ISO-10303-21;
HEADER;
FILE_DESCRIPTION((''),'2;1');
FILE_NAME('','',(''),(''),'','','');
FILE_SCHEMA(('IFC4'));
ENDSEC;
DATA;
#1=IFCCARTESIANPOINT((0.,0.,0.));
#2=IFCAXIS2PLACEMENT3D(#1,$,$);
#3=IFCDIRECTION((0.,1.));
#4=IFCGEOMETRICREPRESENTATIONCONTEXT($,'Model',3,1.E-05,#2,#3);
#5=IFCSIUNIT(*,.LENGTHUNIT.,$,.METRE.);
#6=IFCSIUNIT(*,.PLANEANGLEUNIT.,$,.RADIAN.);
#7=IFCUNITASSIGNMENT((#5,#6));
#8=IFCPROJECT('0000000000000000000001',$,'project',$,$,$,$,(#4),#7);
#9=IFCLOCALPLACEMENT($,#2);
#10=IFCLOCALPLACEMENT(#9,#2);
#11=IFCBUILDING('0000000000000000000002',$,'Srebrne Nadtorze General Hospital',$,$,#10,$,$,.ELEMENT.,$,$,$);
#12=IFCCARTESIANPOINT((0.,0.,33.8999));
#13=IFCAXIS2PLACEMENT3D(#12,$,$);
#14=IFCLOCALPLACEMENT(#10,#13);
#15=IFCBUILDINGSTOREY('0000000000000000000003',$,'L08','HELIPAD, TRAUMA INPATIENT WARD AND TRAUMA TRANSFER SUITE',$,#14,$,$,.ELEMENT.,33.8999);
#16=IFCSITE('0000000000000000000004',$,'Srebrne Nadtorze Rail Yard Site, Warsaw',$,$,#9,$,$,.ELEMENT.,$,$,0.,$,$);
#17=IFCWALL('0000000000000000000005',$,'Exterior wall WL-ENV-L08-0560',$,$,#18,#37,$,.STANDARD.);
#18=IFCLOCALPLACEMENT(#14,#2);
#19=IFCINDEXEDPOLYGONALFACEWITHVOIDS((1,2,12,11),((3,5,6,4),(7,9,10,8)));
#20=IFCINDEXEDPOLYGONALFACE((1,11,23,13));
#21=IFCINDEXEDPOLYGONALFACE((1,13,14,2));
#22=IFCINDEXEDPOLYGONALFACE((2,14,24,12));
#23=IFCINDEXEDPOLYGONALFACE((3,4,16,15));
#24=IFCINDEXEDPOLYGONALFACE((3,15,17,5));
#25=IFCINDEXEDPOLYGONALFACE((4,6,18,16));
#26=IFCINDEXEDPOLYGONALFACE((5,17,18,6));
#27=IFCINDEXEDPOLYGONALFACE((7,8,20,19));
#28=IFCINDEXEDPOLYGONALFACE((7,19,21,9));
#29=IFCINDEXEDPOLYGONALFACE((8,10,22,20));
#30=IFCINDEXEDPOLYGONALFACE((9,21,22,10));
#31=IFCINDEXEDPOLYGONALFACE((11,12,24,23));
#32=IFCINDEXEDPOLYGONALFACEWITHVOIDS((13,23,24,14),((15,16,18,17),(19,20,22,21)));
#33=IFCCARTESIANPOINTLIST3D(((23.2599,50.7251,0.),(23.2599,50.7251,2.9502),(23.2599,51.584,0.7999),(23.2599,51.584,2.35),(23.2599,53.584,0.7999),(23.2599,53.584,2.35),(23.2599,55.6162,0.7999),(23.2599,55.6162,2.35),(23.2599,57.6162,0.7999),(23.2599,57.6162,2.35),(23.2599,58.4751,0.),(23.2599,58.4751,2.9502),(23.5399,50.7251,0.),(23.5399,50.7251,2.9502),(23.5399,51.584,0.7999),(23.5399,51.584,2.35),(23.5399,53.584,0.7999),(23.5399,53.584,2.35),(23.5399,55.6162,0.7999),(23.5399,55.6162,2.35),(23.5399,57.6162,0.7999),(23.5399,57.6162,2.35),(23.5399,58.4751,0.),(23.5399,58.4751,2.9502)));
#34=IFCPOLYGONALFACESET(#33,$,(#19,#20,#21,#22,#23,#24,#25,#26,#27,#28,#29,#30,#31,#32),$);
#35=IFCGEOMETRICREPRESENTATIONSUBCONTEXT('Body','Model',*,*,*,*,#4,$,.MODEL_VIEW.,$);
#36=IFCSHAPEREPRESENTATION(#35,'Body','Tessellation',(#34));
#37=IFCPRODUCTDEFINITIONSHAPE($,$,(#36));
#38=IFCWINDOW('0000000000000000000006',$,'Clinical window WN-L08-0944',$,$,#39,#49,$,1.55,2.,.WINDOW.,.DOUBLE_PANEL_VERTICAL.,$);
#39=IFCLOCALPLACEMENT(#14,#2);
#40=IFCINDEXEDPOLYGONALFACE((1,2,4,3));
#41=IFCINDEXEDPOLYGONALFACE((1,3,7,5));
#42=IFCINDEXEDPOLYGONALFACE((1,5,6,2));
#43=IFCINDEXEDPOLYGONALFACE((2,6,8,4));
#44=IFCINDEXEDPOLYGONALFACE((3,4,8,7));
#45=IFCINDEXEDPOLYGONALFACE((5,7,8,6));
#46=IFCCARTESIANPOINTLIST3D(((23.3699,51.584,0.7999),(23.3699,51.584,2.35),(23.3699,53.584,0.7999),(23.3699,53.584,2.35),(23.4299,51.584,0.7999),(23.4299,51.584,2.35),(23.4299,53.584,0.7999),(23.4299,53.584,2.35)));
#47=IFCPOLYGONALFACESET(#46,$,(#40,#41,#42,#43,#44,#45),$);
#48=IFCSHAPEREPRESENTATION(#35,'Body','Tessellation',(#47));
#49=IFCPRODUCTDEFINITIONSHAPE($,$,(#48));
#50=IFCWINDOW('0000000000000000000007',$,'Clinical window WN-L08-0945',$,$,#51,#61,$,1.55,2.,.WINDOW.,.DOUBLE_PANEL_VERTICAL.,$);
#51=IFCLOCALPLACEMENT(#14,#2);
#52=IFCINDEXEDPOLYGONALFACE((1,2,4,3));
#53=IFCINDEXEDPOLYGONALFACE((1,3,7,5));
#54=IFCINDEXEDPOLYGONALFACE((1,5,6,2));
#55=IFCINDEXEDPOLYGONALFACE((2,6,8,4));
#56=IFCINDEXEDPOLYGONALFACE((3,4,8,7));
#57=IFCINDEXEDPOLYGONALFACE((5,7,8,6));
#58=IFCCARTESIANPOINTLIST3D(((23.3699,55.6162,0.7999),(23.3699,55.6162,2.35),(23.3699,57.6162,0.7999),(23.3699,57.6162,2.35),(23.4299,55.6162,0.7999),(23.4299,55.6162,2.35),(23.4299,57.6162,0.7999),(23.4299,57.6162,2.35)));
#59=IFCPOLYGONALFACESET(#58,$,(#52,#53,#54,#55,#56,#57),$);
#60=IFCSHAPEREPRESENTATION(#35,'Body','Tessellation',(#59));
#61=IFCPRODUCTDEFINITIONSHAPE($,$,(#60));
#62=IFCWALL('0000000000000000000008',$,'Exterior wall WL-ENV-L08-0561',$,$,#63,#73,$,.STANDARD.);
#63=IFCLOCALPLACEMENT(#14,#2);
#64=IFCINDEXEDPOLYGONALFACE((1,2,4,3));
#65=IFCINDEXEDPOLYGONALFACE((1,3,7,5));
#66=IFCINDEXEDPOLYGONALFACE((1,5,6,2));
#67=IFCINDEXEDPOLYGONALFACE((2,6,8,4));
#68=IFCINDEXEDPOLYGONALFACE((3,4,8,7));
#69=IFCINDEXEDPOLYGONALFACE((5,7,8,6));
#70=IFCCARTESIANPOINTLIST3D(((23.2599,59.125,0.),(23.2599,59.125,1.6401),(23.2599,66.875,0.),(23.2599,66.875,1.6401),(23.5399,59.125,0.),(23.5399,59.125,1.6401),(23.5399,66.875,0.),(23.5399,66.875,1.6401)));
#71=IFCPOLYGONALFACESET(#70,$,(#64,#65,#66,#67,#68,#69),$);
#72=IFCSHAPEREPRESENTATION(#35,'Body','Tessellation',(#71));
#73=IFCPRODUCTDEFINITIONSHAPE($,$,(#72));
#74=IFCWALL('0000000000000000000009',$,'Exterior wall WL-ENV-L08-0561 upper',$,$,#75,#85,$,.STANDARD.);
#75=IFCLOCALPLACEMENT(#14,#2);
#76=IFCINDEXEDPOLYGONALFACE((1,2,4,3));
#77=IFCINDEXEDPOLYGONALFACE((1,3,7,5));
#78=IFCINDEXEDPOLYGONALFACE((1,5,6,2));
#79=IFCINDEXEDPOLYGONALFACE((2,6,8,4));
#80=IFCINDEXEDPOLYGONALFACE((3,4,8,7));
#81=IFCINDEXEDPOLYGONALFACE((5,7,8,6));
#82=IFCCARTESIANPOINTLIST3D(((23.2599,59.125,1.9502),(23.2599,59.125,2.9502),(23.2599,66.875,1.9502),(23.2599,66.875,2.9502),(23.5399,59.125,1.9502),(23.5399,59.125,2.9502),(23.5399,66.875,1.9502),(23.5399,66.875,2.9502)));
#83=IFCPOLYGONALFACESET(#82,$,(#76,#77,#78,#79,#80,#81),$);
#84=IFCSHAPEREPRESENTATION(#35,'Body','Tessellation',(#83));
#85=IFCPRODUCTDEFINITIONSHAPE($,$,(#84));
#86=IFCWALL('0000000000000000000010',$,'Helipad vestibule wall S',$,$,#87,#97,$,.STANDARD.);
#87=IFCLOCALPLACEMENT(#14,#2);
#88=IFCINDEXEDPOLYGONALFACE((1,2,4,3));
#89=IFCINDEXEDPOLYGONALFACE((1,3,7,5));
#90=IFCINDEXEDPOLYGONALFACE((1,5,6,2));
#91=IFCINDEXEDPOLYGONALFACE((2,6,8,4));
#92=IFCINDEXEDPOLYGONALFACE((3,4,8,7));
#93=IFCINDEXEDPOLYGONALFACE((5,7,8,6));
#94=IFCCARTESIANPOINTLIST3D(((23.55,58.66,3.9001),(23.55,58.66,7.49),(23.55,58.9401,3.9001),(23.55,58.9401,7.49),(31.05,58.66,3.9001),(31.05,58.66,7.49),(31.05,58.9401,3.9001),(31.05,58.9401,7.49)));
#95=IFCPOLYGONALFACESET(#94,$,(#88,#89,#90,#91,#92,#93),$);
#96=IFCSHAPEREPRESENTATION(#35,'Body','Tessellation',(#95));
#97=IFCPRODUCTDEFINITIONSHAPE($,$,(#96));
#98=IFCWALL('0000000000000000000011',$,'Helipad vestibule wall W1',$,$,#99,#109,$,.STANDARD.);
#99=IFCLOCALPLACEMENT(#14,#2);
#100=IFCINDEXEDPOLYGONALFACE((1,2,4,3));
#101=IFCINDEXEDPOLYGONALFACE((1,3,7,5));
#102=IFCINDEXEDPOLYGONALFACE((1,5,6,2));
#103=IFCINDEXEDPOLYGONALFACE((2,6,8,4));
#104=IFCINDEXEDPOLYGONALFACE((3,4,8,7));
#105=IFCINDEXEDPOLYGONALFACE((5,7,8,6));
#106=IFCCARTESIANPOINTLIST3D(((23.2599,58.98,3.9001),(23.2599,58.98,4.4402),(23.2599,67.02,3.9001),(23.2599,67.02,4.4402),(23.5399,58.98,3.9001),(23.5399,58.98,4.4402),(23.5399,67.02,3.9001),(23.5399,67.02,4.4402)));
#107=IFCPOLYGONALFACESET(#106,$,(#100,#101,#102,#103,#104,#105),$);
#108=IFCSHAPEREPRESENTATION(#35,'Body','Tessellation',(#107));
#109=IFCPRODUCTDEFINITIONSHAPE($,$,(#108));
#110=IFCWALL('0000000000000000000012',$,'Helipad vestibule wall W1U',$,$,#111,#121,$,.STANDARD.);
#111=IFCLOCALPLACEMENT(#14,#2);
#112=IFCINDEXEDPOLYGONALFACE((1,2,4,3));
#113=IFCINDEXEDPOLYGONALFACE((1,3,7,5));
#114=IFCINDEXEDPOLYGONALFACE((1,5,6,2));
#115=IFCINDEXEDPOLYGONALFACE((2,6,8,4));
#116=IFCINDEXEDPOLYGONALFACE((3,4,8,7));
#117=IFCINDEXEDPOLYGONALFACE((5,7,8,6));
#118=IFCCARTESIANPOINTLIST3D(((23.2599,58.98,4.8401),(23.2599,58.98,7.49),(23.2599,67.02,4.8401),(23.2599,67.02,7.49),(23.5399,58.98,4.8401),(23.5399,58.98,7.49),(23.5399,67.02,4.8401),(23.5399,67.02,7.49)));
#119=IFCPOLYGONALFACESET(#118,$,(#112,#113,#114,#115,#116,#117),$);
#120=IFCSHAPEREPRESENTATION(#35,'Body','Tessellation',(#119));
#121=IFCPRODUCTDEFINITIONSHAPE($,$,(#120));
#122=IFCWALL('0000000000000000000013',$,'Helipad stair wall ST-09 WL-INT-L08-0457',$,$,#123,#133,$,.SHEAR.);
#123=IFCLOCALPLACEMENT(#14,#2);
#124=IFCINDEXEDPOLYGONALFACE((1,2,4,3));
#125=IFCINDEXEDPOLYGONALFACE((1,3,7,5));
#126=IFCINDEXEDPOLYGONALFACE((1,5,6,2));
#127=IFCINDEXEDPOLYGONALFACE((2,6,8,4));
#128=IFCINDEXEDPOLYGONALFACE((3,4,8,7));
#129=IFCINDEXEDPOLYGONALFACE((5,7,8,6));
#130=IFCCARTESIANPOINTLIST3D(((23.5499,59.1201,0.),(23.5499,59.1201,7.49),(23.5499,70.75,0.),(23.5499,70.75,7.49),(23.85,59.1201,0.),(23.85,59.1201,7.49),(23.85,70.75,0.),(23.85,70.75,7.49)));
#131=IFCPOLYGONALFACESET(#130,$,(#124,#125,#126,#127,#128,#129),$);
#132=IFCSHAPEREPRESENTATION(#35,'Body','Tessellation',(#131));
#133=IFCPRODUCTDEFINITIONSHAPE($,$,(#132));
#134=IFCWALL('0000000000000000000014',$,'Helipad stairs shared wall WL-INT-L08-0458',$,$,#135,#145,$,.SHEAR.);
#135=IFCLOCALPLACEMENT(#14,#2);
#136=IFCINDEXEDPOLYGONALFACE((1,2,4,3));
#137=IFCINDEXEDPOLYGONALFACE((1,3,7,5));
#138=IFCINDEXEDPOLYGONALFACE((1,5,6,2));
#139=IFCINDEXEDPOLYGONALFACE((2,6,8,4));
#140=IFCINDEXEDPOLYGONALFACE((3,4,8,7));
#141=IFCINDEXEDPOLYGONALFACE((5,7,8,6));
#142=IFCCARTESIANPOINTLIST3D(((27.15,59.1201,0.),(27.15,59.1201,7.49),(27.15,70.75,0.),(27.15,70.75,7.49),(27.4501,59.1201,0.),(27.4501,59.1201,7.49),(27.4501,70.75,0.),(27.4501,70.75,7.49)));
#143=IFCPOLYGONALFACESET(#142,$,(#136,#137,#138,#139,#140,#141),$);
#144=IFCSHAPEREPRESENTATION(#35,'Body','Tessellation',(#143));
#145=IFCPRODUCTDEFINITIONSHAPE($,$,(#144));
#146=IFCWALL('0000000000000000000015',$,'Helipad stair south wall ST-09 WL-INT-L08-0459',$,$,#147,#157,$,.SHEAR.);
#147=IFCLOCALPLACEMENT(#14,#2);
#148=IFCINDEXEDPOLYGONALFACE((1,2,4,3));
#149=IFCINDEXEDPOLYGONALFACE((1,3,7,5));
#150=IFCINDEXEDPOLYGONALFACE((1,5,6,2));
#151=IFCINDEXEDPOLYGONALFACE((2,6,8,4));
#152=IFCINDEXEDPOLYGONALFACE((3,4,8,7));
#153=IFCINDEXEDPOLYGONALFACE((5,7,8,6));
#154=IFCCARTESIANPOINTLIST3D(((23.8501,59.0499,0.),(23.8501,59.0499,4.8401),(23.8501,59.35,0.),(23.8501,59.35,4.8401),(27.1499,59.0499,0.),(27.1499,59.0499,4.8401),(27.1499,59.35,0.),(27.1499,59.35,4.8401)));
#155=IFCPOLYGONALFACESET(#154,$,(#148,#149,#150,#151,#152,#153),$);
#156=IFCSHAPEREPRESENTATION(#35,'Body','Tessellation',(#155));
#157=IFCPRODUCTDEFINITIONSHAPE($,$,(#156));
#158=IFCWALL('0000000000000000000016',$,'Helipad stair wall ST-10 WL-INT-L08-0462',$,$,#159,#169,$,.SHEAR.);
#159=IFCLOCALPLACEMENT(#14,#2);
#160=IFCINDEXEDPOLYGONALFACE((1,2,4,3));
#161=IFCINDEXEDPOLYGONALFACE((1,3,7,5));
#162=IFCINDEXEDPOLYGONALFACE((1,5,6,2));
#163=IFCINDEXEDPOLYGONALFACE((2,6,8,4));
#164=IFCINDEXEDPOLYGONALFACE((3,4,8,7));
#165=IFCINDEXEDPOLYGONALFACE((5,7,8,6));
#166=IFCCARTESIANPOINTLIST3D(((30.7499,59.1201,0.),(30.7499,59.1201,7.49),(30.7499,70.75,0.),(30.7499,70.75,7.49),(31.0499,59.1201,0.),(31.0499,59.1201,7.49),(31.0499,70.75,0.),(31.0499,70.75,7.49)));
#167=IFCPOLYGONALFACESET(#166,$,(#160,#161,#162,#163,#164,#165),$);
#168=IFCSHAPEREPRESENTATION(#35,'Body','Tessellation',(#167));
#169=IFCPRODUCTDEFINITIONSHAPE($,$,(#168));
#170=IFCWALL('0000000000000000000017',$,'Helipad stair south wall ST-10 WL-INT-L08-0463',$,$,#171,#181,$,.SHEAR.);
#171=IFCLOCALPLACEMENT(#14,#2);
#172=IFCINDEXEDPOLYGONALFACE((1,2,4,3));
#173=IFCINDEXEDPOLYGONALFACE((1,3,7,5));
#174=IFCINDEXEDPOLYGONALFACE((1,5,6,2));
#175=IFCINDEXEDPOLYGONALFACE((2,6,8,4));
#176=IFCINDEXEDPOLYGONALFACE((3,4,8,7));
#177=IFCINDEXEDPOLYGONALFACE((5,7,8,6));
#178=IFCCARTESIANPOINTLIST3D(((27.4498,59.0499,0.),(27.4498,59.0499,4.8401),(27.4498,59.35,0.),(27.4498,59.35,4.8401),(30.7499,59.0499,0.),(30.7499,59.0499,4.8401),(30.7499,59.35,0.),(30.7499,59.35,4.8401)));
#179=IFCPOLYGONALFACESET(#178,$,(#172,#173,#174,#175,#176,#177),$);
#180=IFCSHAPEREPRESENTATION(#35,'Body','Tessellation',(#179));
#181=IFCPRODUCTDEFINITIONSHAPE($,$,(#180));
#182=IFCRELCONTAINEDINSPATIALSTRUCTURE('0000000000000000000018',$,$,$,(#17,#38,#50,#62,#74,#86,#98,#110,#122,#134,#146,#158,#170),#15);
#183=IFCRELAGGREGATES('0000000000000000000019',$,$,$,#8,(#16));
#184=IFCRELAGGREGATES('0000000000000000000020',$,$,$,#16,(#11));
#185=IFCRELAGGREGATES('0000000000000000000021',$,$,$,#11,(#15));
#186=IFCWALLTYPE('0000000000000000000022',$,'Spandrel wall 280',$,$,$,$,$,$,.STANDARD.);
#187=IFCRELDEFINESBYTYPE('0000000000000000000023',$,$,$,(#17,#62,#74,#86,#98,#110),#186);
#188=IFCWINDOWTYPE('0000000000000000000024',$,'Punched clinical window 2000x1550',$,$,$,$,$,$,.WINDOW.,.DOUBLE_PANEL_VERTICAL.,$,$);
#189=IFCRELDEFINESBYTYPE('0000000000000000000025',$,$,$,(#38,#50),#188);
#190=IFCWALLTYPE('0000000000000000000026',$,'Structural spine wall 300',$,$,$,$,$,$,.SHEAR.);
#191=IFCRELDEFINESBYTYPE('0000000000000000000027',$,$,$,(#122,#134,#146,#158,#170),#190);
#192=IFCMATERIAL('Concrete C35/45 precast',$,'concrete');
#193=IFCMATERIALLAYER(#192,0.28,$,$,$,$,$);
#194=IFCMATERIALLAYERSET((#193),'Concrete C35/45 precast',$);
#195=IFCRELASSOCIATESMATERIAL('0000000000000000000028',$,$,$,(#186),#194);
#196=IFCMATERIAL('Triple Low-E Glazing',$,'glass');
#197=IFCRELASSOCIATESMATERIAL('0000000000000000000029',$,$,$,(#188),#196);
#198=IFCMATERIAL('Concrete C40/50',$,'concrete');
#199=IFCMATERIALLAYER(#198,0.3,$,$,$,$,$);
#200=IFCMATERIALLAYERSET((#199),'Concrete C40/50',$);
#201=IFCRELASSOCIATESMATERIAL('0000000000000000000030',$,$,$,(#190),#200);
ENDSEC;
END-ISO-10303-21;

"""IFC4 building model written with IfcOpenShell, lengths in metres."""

from ifc_helpers import new_model, si_unit, direction, frame, frame_2d, origin, place, context, subcontext, project, spatial, rectangle, extrude, material, layer, layer_set, type_object, element, fill, save


model = new_model("IFC4")

# Units and contexts
model_context = context("Model", 3, precision=1e-05, world=origin(), true_north=direction((0.0, 1.0)))
body_context = subcontext(model_context, "Body", "Model", "MODEL_VIEW")
ifc_project = project(units=[si_unit("LENGTHUNIT", "METRE"), si_unit("PLANEANGLEUNIT", "RADIAN")], contexts=[model_context])

# Site, building, storey
site_placement = place(None, origin())
site = spatial("IfcSite", under=ifc_project, at=site_placement, Name="Srebrne Nadtorze Rail Yard Site, Warsaw", CompositionType="ELEMENT", RefElevation=0.0)
building_placement = place(site_placement, origin())
building = spatial("IfcBuilding", under=site, at=building_placement, Name="Srebrne Nadtorze General Hospital", CompositionType="ELEMENT")
storey_placement = place(building_placement, frame((0.0, 0.0, 33.8999)))
storey = spatial("IfcBuildingStorey", under=building, at=storey_placement, Name="L08", Description="HELIPAD, TRAUMA INPATIENT WARD AND TRAUMA TRANSFER SUITE", CompositionType="ELEMENT", Elevation=33.8999)

# Wall, openings, windows
ifc_material_1 = material(Name="Concrete C35/45 precast", Category="concrete")
ifc_layer_1 = layer(ifc_material_1, 0.28)
ifc_layer_set_1 = layer_set([ifc_layer_1], Name="Concrete C35/45 precast")
wall_type_1 = type_object("IfcWallType", Name="Spandrel wall 280", PredefinedType="STANDARD", material=ifc_layer_set_1)
wall_1_placement = place(storey_placement, frame((23.3999, 50.7251, 0.0), z_axis=(0.0, 0.0, 1.0), x_axis=(0.0, 1.0, 0.0)))
wall_1 = element("IfcWall", 1, at=wall_1_placement, inside=storey, type_object=wall_type_1, Name="Exterior wall WL-ENV-L08-0560", PredefinedType="STANDARD", context=body_context, shape_type="SweptSolid", body=[
    extrude(rectangle(XDim=7.75, YDim=0.28, at=frame_2d((3.875, 0.0))), origin(), (0.0, 0.0, 1.0), 2.9502),
])
opening_1_placement = place(wall_1_placement, frame((0.8589, 0.0, 0.8)))
opening_1 = element("IfcOpeningElement", 2, at=opening_1_placement, cuts=wall_1, PredefinedType="OPENING", context=body_context, shape_type="SweptSolid", body=[
    extrude(rectangle(XDim=2.0, YDim=1.55, at=frame_2d((1.0, 0.7749))), frame((0.0, 0.1519, 0.0), z_axis=(0.0, -1.0, 0.0), x_axis=(1.0, 0.0, 0.0)), (0.0, 0.0, 1.0), 0.304),
])
opening_2_placement = place(wall_1_placement, frame((4.8911, 0.0, 0.8)))
opening_2 = element("IfcOpeningElement", 3, at=opening_2_placement, cuts=wall_1, PredefinedType="OPENING", context=body_context, shape_type="SweptSolid", body=[
    extrude(rectangle(XDim=2.0, YDim=1.55, at=frame_2d((1.0, 0.7749))), frame((0.0, 0.1519, 0.0), z_axis=(0.0, -1.0, 0.0), x_axis=(1.0, 0.0, 0.0)), (0.0, 0.0, 1.0), 0.304),
])
ifc_material_2 = material(Name="Triple Low-E Glazing", Category="glass")
window_type = type_object("IfcWindowType", Name="Punched clinical window 2000x1550", PartitioningType="DOUBLE_PANEL_VERTICAL", PredefinedType="WINDOW", material=ifc_material_2)
window_1_placement = place(opening_1_placement, origin())
window_1 = element("IfcWindow", 4, at=window_1_placement, inside=storey, type_object=window_type, Name="Clinical window WN-L08-0944", OverallHeight=1.55, OverallWidth=2.0, PartitioningType="DOUBLE_PANEL_VERTICAL", PredefinedType="WINDOW", context=body_context, shape_type="SweptSolid", body=[
    extrude(rectangle(XDim=2.0, YDim=1.55, at=frame_2d((1.0, 0.7749))), frame((0.0, 0.03, 0.0), z_axis=(0.0, -1.0, 0.0), x_axis=(1.0, 0.0, 0.0)), (0.0, 0.0, 1.0), 0.0601),
])
fill(opening_1, window_1)
window_2_placement = place(opening_2_placement, origin())
window_2 = element("IfcWindow", 5, at=window_2_placement, inside=storey, type_object=window_type, Name="Clinical window WN-L08-0945", OverallHeight=1.55, OverallWidth=2.0, PartitioningType="DOUBLE_PANEL_VERTICAL", PredefinedType="WINDOW", context=body_context, shape_type="SweptSolid", body=[
    extrude(rectangle(XDim=2.0, YDim=1.55, at=frame_2d((1.0, 0.7749))), frame((0.0, 0.03, 0.0), z_axis=(0.0, -1.0, 0.0), x_axis=(1.0, 0.0, 0.0)), (0.0, 0.0, 1.0), 0.0601),
])
fill(opening_2, window_2)

# Walls
wall_2_placement = place(storey_placement, frame((23.3999, 59.125, 0.0), z_axis=(0.0, 0.0, 1.0), x_axis=(0.0, 1.0, 0.0)))
element("IfcWall", 6, at=wall_2_placement, inside=storey, type_object=wall_type_1, Name="Exterior wall WL-ENV-L08-0561", PredefinedType="STANDARD", context=body_context, shape_type="SweptSolid", body=[
    extrude(rectangle(XDim=7.75, YDim=0.28, at=frame_2d((3.875, 0.0))), origin(), (0.0, 0.0, 1.0), 1.6401),
])
wall_3_placement = place(storey_placement, frame((23.3999, 59.125, 1.9502), z_axis=(0.0, 0.0, 1.0), x_axis=(0.0, 1.0, 0.0)))
element("IfcWall", 7, at=wall_3_placement, inside=storey, type_object=wall_type_1, Name="Exterior wall WL-ENV-L08-0561 upper", PredefinedType="STANDARD", context=body_context, shape_type="SweptSolid", body=[
    extrude(rectangle(XDim=7.75, YDim=0.28, at=frame_2d((3.875, 0.0))), origin(), (0.0, 0.0, 1.0), 1.0),
])
wall_4_placement = place(storey_placement, frame((23.55, 58.8, 3.9001), z_axis=(0.0, 0.0, 1.0), x_axis=(1.0, 0.0, 0.0)))
element("IfcWall", 8, at=wall_4_placement, inside=storey, type_object=wall_type_1, Name="Helipad vestibule wall S", PredefinedType="STANDARD", context=body_context, shape_type="SweptSolid", body=[
    extrude(rectangle(XDim=7.5, YDim=0.28, at=frame_2d((3.75, 0.0))), origin(), (0.0, 0.0, 1.0), 3.5898),
])
wall_5_placement = place(storey_placement, frame((23.3999, 58.98, 3.9001), z_axis=(0.0, 0.0, 1.0), x_axis=(0.0, 1.0, 0.0)))
element("IfcWall", 9, at=wall_5_placement, inside=storey, type_object=wall_type_1, Name="Helipad vestibule wall W1", PredefinedType="STANDARD", context=body_context, shape_type="SweptSolid", body=[
    extrude(rectangle(XDim=8.04, YDim=0.28, at=frame_2d((4.02, 0.0))), origin(), (0.0, 0.0, 1.0), 0.54),
])
wall_6_placement = place(storey_placement, frame((23.3999, 58.98, 4.8401), z_axis=(0.0, 0.0, 1.0), x_axis=(0.0, 1.0, 0.0)))
element("IfcWall", 10, at=wall_6_placement, inside=storey, type_object=wall_type_1, Name="Helipad vestibule wall W1U", PredefinedType="STANDARD", context=body_context, shape_type="SweptSolid", body=[
    extrude(rectangle(XDim=8.04, YDim=0.28, at=frame_2d((4.02, 0.0))), origin(), (0.0, 0.0, 1.0), 2.6499),
])
ifc_material_3 = material(Name="Concrete C40/50", Category="concrete")
ifc_layer_2 = layer(ifc_material_3, 0.3)
ifc_layer_set_2 = layer_set([ifc_layer_2], Name="Concrete C40/50")
wall_type_2 = type_object("IfcWallType", Name="Structural spine wall 300", PredefinedType="SHEAR", material=ifc_layer_set_2)
for number, where, z_axis, x_axis, name in (
    (11, (23.7, 59.1201, 0.0), (0.0, 0.0, 1.0), (0.0, 1.0, 0.0), "Helipad stair wall ST-09 WL-INT-L08-0457"),
    (12, (27.3, 59.1201, 0.0), (0.0, 0.0, 1.0), (0.0, 1.0, 0.0), "Helipad stairs shared wall WL-INT-L08-0458"),
):
    element("IfcWall", number, at=place(storey_placement, frame(where, z_axis=z_axis, x_axis=x_axis)), inside=storey, type_object=wall_type_2, Name=name, PredefinedType="SHEAR", context=body_context, shape_type="SweptSolid", body=[
        extrude(rectangle(XDim=11.6299, YDim=0.3, at=frame_2d((5.8149, 0.0))), origin(), (0.0, 0.0, 1.0), 7.49),
    ])
wall_7_placement = place(storey_placement, frame((23.8501, 59.2, 0.0), z_axis=(0.0, 0.0, 1.0), x_axis=(1.0, 0.0, 0.0)))
element("IfcWall", 13, at=wall_7_placement, inside=storey, type_object=wall_type_2, Name="Helipad stair south wall ST-09 WL-INT-L08-0459", PredefinedType="SHEAR", context=body_context, shape_type="SweptSolid", body=[
    extrude(rectangle(XDim=3.2998, YDim=0.3, at=frame_2d((1.6499, 0.0))), origin(), (0.0, 0.0, 1.0), 4.8401),
])
wall_8_placement = place(storey_placement, frame((30.8999, 59.1201, 0.0), z_axis=(0.0, 0.0, 1.0), x_axis=(0.0, 1.0, 0.0)))
element("IfcWall", 14, at=wall_8_placement, inside=storey, type_object=wall_type_2, Name="Helipad stair wall ST-10 WL-INT-L08-0462", PredefinedType="SHEAR", context=body_context, shape_type="SweptSolid", body=[
    extrude(rectangle(XDim=11.6299, YDim=0.3, at=frame_2d((5.8149, 0.0))), origin(), (0.0, 0.0, 1.0), 7.49),
])
wall_9_placement = place(storey_placement, frame((27.45, 59.2, 0.0), z_axis=(0.0, 0.0, 1.0), x_axis=(1.0, 0.0, 0.0)))
element("IfcWall", 15, at=wall_9_placement, inside=storey, type_object=wall_type_2, Name="Helipad stair south wall ST-10 WL-INT-L08-0463", PredefinedType="SHEAR", context=body_context, shape_type="SweptSolid", body=[
    extrude(rectangle(XDim=3.3, YDim=0.3, at=frame_2d((1.6499, 0.0))), origin(), (0.0, 0.0, 1.0), 4.8401),
])

save(model, "model.ifc")
